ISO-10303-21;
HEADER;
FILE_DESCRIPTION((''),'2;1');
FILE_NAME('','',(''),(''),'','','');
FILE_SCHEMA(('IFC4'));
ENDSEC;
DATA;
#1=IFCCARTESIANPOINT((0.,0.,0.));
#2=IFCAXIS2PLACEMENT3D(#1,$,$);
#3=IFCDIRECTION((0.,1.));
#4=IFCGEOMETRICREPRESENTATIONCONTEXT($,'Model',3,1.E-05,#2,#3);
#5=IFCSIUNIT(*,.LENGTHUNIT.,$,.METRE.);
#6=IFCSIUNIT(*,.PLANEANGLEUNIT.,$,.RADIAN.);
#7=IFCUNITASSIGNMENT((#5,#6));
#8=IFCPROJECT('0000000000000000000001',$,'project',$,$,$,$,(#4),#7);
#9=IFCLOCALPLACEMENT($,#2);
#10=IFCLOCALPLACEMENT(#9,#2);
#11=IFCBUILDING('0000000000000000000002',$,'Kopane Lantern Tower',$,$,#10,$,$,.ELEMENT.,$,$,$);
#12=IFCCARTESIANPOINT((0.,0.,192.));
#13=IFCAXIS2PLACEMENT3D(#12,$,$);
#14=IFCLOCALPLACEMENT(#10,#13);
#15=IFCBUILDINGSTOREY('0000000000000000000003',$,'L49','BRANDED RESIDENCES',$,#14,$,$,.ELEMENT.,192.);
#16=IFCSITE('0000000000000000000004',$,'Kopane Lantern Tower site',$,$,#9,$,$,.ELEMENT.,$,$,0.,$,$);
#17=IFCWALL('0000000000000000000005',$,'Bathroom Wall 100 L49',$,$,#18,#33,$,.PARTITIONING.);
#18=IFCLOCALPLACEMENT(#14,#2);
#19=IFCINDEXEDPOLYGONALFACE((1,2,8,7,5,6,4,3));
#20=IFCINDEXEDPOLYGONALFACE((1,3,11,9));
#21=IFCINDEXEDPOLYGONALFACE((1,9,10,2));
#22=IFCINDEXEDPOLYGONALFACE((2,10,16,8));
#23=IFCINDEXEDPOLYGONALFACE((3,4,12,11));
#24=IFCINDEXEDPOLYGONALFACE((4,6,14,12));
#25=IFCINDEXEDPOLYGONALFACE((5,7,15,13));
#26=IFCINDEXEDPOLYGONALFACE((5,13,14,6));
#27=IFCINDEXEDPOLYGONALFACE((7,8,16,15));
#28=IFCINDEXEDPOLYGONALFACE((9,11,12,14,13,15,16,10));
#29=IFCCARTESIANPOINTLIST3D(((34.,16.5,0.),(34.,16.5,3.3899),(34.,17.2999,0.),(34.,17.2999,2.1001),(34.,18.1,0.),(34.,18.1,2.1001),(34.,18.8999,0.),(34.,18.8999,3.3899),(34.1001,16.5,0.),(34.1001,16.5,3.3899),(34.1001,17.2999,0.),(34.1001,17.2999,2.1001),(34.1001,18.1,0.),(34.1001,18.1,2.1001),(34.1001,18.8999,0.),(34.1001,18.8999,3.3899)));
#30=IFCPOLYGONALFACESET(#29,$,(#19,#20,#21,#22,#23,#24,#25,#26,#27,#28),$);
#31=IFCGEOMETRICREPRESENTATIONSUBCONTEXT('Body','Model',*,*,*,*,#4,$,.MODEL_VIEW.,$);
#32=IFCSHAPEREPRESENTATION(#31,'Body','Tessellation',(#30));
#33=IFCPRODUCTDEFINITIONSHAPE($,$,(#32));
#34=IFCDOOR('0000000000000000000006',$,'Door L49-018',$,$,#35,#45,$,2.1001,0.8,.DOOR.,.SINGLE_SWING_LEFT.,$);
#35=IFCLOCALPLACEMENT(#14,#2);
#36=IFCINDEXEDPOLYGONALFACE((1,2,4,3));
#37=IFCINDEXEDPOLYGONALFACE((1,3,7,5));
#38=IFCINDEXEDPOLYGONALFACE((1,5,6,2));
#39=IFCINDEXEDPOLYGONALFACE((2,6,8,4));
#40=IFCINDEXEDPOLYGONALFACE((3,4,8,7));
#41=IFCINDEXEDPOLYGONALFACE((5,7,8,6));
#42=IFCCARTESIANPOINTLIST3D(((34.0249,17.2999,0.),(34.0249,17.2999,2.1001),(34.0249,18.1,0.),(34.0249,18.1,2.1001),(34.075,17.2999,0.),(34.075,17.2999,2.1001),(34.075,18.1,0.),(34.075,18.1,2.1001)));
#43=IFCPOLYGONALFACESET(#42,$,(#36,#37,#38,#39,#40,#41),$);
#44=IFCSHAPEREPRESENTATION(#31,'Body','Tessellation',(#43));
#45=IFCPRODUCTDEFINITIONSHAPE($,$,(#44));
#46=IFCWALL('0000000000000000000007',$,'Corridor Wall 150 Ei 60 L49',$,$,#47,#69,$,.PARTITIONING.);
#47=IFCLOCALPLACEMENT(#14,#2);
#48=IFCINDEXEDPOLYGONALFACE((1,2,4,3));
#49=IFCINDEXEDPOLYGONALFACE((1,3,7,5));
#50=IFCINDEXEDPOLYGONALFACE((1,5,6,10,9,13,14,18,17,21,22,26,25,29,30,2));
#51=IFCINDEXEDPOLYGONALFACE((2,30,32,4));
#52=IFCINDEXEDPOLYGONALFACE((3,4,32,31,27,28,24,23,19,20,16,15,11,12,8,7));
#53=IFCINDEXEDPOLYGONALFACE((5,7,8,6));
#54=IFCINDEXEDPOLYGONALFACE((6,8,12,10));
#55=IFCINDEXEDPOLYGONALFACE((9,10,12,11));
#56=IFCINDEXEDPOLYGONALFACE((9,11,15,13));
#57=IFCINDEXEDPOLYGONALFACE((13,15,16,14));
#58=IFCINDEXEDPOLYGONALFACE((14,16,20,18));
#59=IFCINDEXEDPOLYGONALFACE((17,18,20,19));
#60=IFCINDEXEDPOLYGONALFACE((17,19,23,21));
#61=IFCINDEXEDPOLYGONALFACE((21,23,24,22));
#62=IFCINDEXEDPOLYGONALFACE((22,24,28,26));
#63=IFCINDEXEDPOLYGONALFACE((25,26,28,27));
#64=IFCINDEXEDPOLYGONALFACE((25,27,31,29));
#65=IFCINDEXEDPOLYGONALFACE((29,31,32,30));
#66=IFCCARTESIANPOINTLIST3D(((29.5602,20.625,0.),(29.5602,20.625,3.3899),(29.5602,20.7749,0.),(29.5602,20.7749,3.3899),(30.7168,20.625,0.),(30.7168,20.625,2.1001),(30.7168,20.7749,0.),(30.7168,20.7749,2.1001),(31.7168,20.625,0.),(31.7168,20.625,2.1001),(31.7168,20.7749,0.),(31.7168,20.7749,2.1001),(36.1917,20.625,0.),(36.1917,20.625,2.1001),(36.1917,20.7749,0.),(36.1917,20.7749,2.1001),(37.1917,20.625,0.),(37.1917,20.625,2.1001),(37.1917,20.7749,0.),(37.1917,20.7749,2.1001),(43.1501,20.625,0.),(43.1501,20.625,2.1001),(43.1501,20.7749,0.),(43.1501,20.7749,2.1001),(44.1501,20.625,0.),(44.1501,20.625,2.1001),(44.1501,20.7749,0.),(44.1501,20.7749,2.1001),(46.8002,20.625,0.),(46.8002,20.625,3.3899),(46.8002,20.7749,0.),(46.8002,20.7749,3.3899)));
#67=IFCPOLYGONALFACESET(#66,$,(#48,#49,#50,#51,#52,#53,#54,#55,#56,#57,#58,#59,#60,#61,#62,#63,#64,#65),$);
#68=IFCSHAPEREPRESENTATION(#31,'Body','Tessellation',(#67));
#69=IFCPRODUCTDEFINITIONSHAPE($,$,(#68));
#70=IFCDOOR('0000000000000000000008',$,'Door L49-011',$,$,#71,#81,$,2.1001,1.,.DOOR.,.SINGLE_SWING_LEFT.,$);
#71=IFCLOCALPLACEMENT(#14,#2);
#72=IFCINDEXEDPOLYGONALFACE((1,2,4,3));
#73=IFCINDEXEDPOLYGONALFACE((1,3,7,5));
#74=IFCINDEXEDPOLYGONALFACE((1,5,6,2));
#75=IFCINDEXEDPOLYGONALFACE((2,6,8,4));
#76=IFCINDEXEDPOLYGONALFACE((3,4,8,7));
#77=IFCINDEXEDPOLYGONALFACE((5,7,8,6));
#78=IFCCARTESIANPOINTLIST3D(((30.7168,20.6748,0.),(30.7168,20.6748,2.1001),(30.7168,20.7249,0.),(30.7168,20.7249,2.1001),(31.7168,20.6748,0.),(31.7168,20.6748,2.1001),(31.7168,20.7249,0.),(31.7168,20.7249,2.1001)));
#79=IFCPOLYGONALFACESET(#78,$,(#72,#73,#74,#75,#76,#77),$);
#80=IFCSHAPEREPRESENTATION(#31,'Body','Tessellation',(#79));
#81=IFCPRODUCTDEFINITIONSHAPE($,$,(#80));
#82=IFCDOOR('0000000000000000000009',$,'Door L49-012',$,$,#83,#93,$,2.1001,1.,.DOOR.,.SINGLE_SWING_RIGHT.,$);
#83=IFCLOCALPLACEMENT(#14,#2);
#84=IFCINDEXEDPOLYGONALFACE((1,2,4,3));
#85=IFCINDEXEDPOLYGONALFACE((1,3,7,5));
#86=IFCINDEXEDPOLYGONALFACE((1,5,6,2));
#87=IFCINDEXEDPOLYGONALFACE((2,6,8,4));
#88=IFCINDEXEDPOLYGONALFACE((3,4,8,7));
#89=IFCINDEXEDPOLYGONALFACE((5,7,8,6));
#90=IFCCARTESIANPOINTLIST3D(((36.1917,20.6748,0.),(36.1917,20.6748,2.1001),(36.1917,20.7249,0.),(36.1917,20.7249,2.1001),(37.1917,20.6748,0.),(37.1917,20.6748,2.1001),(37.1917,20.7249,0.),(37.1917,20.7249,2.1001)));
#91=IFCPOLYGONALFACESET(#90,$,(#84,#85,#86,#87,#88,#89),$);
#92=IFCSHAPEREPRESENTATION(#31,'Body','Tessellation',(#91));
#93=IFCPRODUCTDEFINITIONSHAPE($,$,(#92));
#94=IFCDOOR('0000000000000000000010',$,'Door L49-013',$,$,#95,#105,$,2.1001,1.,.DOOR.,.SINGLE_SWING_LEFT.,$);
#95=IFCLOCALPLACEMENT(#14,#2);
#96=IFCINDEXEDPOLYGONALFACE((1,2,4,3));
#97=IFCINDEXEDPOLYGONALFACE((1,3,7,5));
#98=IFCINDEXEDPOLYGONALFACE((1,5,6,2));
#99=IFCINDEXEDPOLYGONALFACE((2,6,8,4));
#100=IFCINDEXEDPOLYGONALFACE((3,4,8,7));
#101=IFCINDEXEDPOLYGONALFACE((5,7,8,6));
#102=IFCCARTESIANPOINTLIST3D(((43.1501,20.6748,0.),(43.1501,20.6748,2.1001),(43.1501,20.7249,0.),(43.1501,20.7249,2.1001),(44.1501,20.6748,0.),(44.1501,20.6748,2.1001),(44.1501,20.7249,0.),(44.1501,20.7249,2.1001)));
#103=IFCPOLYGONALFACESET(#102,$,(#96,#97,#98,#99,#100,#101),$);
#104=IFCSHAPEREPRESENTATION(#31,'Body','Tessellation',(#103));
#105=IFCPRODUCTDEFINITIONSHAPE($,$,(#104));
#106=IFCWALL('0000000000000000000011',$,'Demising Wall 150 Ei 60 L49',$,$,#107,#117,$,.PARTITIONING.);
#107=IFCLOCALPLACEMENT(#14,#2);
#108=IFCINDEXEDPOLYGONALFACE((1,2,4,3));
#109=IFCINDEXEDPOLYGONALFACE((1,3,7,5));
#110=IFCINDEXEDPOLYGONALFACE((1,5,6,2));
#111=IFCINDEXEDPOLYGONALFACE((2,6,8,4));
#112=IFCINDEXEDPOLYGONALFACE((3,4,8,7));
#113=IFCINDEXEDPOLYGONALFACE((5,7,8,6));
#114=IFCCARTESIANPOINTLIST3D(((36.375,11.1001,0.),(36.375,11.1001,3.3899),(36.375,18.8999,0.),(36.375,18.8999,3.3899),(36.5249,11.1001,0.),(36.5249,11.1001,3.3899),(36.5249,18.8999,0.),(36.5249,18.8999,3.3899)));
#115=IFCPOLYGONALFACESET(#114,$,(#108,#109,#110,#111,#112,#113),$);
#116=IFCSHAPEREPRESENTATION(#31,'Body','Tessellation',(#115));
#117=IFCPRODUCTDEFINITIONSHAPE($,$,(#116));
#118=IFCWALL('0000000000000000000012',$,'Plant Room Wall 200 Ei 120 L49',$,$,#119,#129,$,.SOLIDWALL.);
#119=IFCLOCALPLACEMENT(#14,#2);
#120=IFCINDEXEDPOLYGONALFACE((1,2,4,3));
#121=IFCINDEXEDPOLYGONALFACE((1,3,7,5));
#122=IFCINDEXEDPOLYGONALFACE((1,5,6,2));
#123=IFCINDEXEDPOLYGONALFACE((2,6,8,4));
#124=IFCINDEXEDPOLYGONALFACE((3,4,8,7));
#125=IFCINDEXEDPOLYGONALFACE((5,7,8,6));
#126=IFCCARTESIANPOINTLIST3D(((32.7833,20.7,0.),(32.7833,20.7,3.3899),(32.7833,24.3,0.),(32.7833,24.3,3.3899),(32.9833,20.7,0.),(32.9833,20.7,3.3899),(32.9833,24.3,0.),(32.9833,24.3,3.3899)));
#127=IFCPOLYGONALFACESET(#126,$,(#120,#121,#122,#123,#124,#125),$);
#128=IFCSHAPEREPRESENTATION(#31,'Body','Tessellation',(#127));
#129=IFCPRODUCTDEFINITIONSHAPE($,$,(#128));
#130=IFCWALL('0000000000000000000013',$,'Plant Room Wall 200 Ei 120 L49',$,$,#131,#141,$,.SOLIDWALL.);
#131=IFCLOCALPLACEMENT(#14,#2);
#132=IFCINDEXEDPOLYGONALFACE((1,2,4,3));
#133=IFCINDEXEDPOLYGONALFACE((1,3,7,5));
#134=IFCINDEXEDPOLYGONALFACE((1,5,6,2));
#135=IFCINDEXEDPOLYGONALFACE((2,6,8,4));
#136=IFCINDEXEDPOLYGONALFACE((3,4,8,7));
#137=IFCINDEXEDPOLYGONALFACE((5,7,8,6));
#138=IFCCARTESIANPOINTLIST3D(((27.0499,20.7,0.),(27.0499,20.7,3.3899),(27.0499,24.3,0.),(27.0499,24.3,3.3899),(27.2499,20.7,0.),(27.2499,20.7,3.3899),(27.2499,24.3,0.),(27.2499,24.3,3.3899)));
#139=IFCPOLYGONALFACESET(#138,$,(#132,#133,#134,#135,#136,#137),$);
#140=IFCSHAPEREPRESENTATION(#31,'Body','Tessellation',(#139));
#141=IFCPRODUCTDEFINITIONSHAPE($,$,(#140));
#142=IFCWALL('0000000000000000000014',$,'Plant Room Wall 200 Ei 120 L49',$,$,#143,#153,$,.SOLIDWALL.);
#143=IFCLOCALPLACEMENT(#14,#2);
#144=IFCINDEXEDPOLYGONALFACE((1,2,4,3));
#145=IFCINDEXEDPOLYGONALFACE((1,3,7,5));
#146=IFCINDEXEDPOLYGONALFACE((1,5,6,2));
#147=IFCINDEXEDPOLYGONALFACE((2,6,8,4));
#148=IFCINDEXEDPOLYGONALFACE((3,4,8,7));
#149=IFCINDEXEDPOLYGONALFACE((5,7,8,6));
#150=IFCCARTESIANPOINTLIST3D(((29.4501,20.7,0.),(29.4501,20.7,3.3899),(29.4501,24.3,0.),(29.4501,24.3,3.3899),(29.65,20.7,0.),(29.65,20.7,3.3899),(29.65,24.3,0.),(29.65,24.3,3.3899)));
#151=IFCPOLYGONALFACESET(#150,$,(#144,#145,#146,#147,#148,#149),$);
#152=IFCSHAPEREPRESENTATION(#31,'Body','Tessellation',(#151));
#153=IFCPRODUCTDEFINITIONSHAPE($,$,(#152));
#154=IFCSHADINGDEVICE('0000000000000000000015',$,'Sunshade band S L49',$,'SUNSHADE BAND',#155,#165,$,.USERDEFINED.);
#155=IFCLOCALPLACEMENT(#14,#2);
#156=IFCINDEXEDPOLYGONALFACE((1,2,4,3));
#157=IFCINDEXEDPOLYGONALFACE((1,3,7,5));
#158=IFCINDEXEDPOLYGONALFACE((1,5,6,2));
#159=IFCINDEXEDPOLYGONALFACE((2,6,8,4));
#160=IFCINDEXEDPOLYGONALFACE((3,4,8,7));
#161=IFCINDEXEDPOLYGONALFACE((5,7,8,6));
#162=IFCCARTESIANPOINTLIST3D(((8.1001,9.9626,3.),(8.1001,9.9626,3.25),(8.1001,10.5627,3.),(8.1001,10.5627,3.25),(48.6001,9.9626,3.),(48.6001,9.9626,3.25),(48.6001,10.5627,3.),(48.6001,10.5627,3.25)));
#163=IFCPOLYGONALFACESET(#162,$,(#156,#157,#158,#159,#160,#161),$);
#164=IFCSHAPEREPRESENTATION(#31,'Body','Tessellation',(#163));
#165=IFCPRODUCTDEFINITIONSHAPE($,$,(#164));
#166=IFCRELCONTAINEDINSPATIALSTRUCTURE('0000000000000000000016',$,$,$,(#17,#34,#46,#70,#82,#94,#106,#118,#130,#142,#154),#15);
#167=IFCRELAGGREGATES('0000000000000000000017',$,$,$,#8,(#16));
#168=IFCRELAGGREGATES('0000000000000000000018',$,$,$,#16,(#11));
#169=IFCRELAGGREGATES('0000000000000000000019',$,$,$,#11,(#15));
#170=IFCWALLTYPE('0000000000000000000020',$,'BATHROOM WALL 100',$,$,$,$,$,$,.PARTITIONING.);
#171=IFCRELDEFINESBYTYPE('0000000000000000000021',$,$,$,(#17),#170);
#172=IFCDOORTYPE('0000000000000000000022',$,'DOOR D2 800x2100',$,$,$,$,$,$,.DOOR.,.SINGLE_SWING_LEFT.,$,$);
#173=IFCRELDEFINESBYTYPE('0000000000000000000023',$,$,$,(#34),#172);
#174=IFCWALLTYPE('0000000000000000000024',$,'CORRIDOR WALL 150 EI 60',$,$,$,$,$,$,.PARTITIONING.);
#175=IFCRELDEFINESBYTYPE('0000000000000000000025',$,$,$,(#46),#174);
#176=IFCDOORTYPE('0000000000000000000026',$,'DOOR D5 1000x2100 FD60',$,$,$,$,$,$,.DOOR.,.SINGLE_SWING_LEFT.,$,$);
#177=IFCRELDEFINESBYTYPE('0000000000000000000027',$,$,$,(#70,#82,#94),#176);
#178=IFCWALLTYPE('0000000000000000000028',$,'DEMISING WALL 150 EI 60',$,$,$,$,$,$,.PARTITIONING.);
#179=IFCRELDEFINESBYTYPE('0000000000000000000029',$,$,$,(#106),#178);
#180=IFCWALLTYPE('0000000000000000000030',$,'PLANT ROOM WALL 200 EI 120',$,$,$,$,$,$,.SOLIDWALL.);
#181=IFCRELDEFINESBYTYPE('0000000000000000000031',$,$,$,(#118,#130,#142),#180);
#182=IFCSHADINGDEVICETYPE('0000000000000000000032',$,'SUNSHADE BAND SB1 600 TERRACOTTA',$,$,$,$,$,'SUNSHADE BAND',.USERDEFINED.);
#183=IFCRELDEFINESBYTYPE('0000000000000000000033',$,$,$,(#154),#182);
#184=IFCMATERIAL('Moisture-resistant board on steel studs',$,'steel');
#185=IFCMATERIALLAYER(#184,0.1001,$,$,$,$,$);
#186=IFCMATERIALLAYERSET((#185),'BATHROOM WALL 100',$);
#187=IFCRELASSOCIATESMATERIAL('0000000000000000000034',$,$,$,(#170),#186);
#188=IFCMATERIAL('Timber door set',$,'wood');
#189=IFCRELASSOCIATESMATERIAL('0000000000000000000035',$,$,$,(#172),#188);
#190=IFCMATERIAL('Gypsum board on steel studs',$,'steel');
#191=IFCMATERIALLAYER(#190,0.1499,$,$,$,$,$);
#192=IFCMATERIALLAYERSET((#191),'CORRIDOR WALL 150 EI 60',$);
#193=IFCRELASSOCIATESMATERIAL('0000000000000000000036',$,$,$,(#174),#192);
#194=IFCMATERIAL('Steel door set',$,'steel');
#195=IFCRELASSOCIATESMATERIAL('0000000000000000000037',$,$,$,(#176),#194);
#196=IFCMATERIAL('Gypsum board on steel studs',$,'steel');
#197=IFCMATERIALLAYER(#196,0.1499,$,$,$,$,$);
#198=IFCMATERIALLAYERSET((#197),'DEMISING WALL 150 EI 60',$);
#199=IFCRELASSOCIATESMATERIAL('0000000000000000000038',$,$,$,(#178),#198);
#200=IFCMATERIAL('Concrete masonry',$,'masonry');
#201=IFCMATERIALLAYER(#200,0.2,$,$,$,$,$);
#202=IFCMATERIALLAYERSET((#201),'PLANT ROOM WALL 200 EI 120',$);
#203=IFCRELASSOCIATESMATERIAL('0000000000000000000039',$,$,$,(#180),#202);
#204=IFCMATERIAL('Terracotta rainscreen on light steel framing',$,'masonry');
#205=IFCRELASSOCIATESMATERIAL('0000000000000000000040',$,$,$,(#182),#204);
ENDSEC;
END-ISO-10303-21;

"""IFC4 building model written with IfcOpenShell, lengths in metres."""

from ifc_helpers import new_model, si_unit, direction, frame, frame_2d, origin, origin_2d, place, context, subcontext, project, spatial, rectangle, extrude, material, layer, layer_set, type_object, element, fill, save


model = new_model("IFC4")

# Units and contexts
model_context = context("Model", 3, precision=1e-05, world=origin(), true_north=direction((0.0, 1.0)))
body_context = subcontext(model_context, "Body", "Model", "MODEL_VIEW")
ifc_project = project(units=[si_unit("LENGTHUNIT", "METRE"), si_unit("PLANEANGLEUNIT", "RADIAN")], contexts=[model_context])

# Site, building, storey
site_placement = place(None, origin())
site = spatial("IfcSite", under=ifc_project, at=site_placement, Name="Kopane Lantern Tower site", CompositionType="ELEMENT", RefElevation=0.0)
building_placement = place(site_placement, origin())
building = spatial("IfcBuilding", under=site, at=building_placement, Name="Kopane Lantern Tower", CompositionType="ELEMENT")
storey_placement = place(building_placement, frame((0.0, 0.0, 192.0)))
storey = spatial("IfcBuildingStorey", under=building, at=storey_placement, Name="L49", Description="BRANDED RESIDENCES", CompositionType="ELEMENT", Elevation=192.0)

# Wall, opening, door
ifc_material_1 = material(Name="Moisture-resistant board on steel studs", Category="steel")
ifc_layer_1 = layer(ifc_material_1, 0.1001)
ifc_layer_set_1 = layer_set([ifc_layer_1], Name="BATHROOM WALL 100")
wall_type_1 = type_object("IfcWallType", Name="BATHROOM WALL 100", PredefinedType="PARTITIONING", material=ifc_layer_set_1)
wall_1_placement = place(storey_placement, frame((34.05, 18.8999, 0.0), z_axis=(0.0, 0.0, 1.0), x_axis=(0.0, -1.0, 0.0)))
wall_1 = element("IfcWall", 1, at=wall_1_placement, inside=storey, type_object=wall_type_1, Name="Bathroom Wall 100 L49", PredefinedType="PARTITIONING", context=body_context, shape_type="SweptSolid", body=[
    extrude(rectangle(XDim=2.3999, YDim=0.1001, at=frame_2d((1.2, 0.0))), origin(), (0.0, 0.0, 1.0), 3.3899),
])
opening_1_placement = place(wall_1_placement, frame((0.8, 0.0, 0.0)))
opening_1 = element("IfcOpeningElement", 2, at=opening_1_placement, cuts=wall_1, PredefinedType="OPENING", context=body_context, shape_type="SweptSolid", body=[
    extrude(rectangle(XDim=0.8, YDim=2.1001, at=frame_2d((0.3999, 1.05))), frame((0.0, 0.0601, 0.0), z_axis=(0.0, -1.0, 0.0), x_axis=(1.0, 0.0, 0.0)), (0.0, 0.0, 1.0), 0.1201),
])
ifc_material_2 = material(Name="Timber door set", Category="wood")
door_type_1 = type_object("IfcDoorType", Name="DOOR D2 800x2100", OperationType="SINGLE_SWING_LEFT", PredefinedType="DOOR", material=ifc_material_2)
door_1_placement = place(opening_1_placement, origin())
door_1 = element("IfcDoor", 3, at=door_1_placement, inside=storey, type_object=door_type_1, Name="Door L49-018", OperationType="SINGLE_SWING_LEFT", OverallHeight=2.1001, OverallWidth=0.8, PredefinedType="DOOR", context=body_context, shape_type="SweptSolid", body=[
    extrude(rectangle(XDim=0.8, YDim=2.1001, at=frame_2d((0.3999, 1.05))), frame((0.0, 0.0249, 0.0), z_axis=(0.0, -1.0, 0.0), x_axis=(1.0, 0.0, 0.0)), (0.0, 0.0, 1.0), 0.05),
])
fill(opening_1, door_1)

# Wall, openings, doors
ifc_material_3 = material(Name="Gypsum board on steel studs", Category="steel")
ifc_layer_2 = layer(ifc_material_3, 0.1499)
ifc_layer_set_2 = layer_set([ifc_layer_2], Name="CORRIDOR WALL 150 EI 60")
wall_type_2 = type_object("IfcWallType", Name="CORRIDOR WALL 150 EI 60", PredefinedType="PARTITIONING", material=ifc_layer_set_2)
wall_2_placement = place(storey_placement, frame((29.5601, 20.7, 0.0), z_axis=(0.0, 0.0, 1.0), x_axis=(1.0, 0.0, 0.0)))
wall_2 = element("IfcWall", 4, at=wall_2_placement, inside=storey, type_object=wall_type_2, Name="Corridor Wall 150 Ei 60 L49", PredefinedType="PARTITIONING", context=body_context, shape_type="SweptSolid", body=[
    extrude(rectangle(XDim=17.24, YDim=0.1499, at=frame_2d((8.6201, 0.0))), origin(), (0.0, 0.0, 1.0), 3.3899),
])
opening_2_placement = place(wall_2_placement, frame((1.1567, 0.0, 0.0)))
opening_2 = element("IfcOpeningElement", 5, at=opening_2_placement, cuts=wall_2, PredefinedType="OPENING", context=body_context, shape_type="SweptSolid", body=[
    extrude(rectangle(XDim=1.0, YDim=2.1001, at=frame_2d((0.5, 1.05))), frame((0.0, 0.085, 0.0), z_axis=(0.0, -1.0, 0.0), x_axis=(1.0, 0.0, 0.0)), (0.0, 0.0, 1.0), 0.1699),
])
opening_3_placement = place(wall_2_placement, frame((6.6316, 0.0, 0.0)))
opening_3 = element("IfcOpeningElement", 6, at=opening_3_placement, cuts=wall_2, PredefinedType="OPENING", context=body_context, shape_type="SweptSolid", body=[
    extrude(rectangle(XDim=1.0, YDim=2.1001, at=frame_2d((0.5, 1.05))), frame((0.0, 0.085, 0.0), z_axis=(0.0, -1.0, 0.0), x_axis=(1.0, 0.0, 0.0)), (0.0, 0.0, 1.0), 0.1699),
])
opening_4_placement = place(wall_2_placement, frame((13.5901, 0.0, 0.0)))
opening_4 = element("IfcOpeningElement", 7, at=opening_4_placement, cuts=wall_2, PredefinedType="OPENING", context=body_context, shape_type="SweptSolid", body=[
    extrude(rectangle(XDim=1.0, YDim=2.1001, at=frame_2d((0.5, 1.05))), frame((0.0, 0.085, 0.0), z_axis=(0.0, -1.0, 0.0), x_axis=(1.0, 0.0, 0.0)), (0.0, 0.0, 1.0), 0.1699),
])
ifc_material_4 = material(Name="Steel door set", Category="steel")
door_type_2 = type_object("IfcDoorType", Name="DOOR D5 1000x2100 FD60", OperationType="SINGLE_SWING_LEFT", PredefinedType="DOOR", material=ifc_material_4)
door_2_placement = place(opening_2_placement, origin())
door_2 = element("IfcDoor", 8, at=door_2_placement, inside=storey, type_object=door_type_2, Name="Door L49-011", OperationType="SINGLE_SWING_LEFT", OverallHeight=2.1001, OverallWidth=1.0, PredefinedType="DOOR", context=body_context, shape_type="SweptSolid", body=[
    extrude(rectangle(XDim=1.0, YDim=2.1001, at=frame_2d((0.5, 1.05))), frame((0.0, 0.0249, 0.0), z_axis=(0.0, -1.0, 0.0), x_axis=(1.0, 0.0, 0.0)), (0.0, 0.0, 1.0), 0.05),
])
fill(opening_2, door_2)
door_3_placement = place(opening_3_placement, origin())
door_3 = element("IfcDoor", 9, at=door_3_placement, inside=storey, type_object=door_type_2, Name="Door L49-012", OperationType="SINGLE_SWING_RIGHT", OverallHeight=2.1001, OverallWidth=1.0, PredefinedType="DOOR", context=body_context, shape_type="SweptSolid", body=[
    extrude(rectangle(XDim=1.0, YDim=2.1001, at=frame_2d((0.5, 1.05))), frame((0.0, 0.0249, 0.0), z_axis=(0.0, -1.0, 0.0), x_axis=(1.0, 0.0, 0.0)), (0.0, 0.0, 1.0), 0.05),
])
fill(opening_3, door_3)
door_4_placement = place(opening_4_placement, origin())
door_4 = element("IfcDoor", 10, at=door_4_placement, inside=storey, type_object=door_type_2, Name="Door L49-013", OperationType="SINGLE_SWING_LEFT", OverallHeight=2.1001, OverallWidth=1.0, PredefinedType="DOOR", context=body_context, shape_type="SweptSolid", body=[
    extrude(rectangle(XDim=1.0, YDim=2.1001, at=frame_2d((0.5, 1.05))), frame((0.0, 0.0249, 0.0), z_axis=(0.0, -1.0, 0.0), x_axis=(1.0, 0.0, 0.0)), (0.0, 0.0, 1.0), 0.05),
])
fill(opening_4, door_4)

# Walls
ifc_material_5 = material(Name="Gypsum board on steel studs", Category="steel")
ifc_layer_3 = layer(ifc_material_5, 0.1499)
ifc_layer_set_3 = layer_set([ifc_layer_3], Name="DEMISING WALL 150 EI 60")
wall_type_3 = type_object("IfcWallType", Name="DEMISING WALL 150 EI 60", PredefinedType="PARTITIONING", material=ifc_layer_set_3)
wall_3_placement = place(storey_placement, frame((36.45, 18.8999, 0.0), z_axis=(0.0, 0.0, 1.0), x_axis=(0.0, -1.0, 0.0)))
element("IfcWall", 11, at=wall_3_placement, inside=storey, type_object=wall_type_3, Name="Demising Wall 150 Ei 60 L49", PredefinedType="PARTITIONING", context=body_context, shape_type="SweptSolid", body=[
    extrude(rectangle(XDim=7.7998, YDim=0.1499, at=frame_2d((3.8999, 0.0))), origin(), (0.0, 0.0, 1.0), 3.3899),
])
ifc_material_6 = material(Name="Concrete masonry", Category="masonry")
ifc_layer_4 = layer(ifc_material_6, 0.2)
ifc_layer_set_4 = layer_set([ifc_layer_4], Name="PLANT ROOM WALL 200 EI 120")
wall_type_4 = type_object("IfcWallType", Name="PLANT ROOM WALL 200 EI 120", PredefinedType="SOLIDWALL", material=ifc_layer_set_4)
for number, where, z_axis, x_axis, name in (
    (12, (32.8833, 20.7, 0.0), (0.0, 0.0, 1.0), (0.0, 1.0, 0.0), "Plant Room Wall 200 Ei 120 L49"),
    (13, (27.1499, 20.7, 0.0), (0.0, 0.0, 1.0), (0.0, 1.0, 0.0), "Plant Room Wall 200 Ei 120 L49"),
    (14, (29.55, 20.7, 0.0), (0.0, 0.0, 1.0), (0.0, 1.0, 0.0), "Plant Room Wall 200 Ei 120 L49"),
):
    element("IfcWall", number, at=place(storey_placement, frame(where, z_axis=z_axis, x_axis=x_axis)), inside=storey, type_object=wall_type_4, Name=name, PredefinedType="SOLIDWALL", context=body_context, shape_type="SweptSolid", body=[
        extrude(rectangle(XDim=3.6001, YDim=0.2, at=frame_2d((1.8, 0.0))), origin(), (0.0, 0.0, 1.0), 3.3899),
    ])

# Shading device
ifc_material_7 = material(Name="Terracotta rainscreen on light steel framing", Category="masonry")
shading_device_type = type_object("IfcShadingDeviceType", Name="SUNSHADE BAND SB1 600 TERRACOTTA", ElementType="SUNSHADE BAND", PredefinedType="USERDEFINED", material=ifc_material_7)
shading_device_placement = place(storey_placement, frame((28.3501, 10.2627, 3.0), z_axis=(0.0, 0.0, 1.0), x_axis=(1.0, 0.0, 0.0)))
element("IfcShadingDevice", 15, at=shading_device_placement, inside=storey, type_object=shading_device_type, Name="Sunshade band S L49", ObjectType="SUNSHADE BAND", PredefinedType="USERDEFINED", context=body_context, shape_type="SweptSolid", body=[
    extrude(rectangle(XDim=40.5, YDim=0.6001, at=origin_2d()), origin(), (0.0, 0.0, 1.0), 0.25),
])

save(model, "model.ifc")
